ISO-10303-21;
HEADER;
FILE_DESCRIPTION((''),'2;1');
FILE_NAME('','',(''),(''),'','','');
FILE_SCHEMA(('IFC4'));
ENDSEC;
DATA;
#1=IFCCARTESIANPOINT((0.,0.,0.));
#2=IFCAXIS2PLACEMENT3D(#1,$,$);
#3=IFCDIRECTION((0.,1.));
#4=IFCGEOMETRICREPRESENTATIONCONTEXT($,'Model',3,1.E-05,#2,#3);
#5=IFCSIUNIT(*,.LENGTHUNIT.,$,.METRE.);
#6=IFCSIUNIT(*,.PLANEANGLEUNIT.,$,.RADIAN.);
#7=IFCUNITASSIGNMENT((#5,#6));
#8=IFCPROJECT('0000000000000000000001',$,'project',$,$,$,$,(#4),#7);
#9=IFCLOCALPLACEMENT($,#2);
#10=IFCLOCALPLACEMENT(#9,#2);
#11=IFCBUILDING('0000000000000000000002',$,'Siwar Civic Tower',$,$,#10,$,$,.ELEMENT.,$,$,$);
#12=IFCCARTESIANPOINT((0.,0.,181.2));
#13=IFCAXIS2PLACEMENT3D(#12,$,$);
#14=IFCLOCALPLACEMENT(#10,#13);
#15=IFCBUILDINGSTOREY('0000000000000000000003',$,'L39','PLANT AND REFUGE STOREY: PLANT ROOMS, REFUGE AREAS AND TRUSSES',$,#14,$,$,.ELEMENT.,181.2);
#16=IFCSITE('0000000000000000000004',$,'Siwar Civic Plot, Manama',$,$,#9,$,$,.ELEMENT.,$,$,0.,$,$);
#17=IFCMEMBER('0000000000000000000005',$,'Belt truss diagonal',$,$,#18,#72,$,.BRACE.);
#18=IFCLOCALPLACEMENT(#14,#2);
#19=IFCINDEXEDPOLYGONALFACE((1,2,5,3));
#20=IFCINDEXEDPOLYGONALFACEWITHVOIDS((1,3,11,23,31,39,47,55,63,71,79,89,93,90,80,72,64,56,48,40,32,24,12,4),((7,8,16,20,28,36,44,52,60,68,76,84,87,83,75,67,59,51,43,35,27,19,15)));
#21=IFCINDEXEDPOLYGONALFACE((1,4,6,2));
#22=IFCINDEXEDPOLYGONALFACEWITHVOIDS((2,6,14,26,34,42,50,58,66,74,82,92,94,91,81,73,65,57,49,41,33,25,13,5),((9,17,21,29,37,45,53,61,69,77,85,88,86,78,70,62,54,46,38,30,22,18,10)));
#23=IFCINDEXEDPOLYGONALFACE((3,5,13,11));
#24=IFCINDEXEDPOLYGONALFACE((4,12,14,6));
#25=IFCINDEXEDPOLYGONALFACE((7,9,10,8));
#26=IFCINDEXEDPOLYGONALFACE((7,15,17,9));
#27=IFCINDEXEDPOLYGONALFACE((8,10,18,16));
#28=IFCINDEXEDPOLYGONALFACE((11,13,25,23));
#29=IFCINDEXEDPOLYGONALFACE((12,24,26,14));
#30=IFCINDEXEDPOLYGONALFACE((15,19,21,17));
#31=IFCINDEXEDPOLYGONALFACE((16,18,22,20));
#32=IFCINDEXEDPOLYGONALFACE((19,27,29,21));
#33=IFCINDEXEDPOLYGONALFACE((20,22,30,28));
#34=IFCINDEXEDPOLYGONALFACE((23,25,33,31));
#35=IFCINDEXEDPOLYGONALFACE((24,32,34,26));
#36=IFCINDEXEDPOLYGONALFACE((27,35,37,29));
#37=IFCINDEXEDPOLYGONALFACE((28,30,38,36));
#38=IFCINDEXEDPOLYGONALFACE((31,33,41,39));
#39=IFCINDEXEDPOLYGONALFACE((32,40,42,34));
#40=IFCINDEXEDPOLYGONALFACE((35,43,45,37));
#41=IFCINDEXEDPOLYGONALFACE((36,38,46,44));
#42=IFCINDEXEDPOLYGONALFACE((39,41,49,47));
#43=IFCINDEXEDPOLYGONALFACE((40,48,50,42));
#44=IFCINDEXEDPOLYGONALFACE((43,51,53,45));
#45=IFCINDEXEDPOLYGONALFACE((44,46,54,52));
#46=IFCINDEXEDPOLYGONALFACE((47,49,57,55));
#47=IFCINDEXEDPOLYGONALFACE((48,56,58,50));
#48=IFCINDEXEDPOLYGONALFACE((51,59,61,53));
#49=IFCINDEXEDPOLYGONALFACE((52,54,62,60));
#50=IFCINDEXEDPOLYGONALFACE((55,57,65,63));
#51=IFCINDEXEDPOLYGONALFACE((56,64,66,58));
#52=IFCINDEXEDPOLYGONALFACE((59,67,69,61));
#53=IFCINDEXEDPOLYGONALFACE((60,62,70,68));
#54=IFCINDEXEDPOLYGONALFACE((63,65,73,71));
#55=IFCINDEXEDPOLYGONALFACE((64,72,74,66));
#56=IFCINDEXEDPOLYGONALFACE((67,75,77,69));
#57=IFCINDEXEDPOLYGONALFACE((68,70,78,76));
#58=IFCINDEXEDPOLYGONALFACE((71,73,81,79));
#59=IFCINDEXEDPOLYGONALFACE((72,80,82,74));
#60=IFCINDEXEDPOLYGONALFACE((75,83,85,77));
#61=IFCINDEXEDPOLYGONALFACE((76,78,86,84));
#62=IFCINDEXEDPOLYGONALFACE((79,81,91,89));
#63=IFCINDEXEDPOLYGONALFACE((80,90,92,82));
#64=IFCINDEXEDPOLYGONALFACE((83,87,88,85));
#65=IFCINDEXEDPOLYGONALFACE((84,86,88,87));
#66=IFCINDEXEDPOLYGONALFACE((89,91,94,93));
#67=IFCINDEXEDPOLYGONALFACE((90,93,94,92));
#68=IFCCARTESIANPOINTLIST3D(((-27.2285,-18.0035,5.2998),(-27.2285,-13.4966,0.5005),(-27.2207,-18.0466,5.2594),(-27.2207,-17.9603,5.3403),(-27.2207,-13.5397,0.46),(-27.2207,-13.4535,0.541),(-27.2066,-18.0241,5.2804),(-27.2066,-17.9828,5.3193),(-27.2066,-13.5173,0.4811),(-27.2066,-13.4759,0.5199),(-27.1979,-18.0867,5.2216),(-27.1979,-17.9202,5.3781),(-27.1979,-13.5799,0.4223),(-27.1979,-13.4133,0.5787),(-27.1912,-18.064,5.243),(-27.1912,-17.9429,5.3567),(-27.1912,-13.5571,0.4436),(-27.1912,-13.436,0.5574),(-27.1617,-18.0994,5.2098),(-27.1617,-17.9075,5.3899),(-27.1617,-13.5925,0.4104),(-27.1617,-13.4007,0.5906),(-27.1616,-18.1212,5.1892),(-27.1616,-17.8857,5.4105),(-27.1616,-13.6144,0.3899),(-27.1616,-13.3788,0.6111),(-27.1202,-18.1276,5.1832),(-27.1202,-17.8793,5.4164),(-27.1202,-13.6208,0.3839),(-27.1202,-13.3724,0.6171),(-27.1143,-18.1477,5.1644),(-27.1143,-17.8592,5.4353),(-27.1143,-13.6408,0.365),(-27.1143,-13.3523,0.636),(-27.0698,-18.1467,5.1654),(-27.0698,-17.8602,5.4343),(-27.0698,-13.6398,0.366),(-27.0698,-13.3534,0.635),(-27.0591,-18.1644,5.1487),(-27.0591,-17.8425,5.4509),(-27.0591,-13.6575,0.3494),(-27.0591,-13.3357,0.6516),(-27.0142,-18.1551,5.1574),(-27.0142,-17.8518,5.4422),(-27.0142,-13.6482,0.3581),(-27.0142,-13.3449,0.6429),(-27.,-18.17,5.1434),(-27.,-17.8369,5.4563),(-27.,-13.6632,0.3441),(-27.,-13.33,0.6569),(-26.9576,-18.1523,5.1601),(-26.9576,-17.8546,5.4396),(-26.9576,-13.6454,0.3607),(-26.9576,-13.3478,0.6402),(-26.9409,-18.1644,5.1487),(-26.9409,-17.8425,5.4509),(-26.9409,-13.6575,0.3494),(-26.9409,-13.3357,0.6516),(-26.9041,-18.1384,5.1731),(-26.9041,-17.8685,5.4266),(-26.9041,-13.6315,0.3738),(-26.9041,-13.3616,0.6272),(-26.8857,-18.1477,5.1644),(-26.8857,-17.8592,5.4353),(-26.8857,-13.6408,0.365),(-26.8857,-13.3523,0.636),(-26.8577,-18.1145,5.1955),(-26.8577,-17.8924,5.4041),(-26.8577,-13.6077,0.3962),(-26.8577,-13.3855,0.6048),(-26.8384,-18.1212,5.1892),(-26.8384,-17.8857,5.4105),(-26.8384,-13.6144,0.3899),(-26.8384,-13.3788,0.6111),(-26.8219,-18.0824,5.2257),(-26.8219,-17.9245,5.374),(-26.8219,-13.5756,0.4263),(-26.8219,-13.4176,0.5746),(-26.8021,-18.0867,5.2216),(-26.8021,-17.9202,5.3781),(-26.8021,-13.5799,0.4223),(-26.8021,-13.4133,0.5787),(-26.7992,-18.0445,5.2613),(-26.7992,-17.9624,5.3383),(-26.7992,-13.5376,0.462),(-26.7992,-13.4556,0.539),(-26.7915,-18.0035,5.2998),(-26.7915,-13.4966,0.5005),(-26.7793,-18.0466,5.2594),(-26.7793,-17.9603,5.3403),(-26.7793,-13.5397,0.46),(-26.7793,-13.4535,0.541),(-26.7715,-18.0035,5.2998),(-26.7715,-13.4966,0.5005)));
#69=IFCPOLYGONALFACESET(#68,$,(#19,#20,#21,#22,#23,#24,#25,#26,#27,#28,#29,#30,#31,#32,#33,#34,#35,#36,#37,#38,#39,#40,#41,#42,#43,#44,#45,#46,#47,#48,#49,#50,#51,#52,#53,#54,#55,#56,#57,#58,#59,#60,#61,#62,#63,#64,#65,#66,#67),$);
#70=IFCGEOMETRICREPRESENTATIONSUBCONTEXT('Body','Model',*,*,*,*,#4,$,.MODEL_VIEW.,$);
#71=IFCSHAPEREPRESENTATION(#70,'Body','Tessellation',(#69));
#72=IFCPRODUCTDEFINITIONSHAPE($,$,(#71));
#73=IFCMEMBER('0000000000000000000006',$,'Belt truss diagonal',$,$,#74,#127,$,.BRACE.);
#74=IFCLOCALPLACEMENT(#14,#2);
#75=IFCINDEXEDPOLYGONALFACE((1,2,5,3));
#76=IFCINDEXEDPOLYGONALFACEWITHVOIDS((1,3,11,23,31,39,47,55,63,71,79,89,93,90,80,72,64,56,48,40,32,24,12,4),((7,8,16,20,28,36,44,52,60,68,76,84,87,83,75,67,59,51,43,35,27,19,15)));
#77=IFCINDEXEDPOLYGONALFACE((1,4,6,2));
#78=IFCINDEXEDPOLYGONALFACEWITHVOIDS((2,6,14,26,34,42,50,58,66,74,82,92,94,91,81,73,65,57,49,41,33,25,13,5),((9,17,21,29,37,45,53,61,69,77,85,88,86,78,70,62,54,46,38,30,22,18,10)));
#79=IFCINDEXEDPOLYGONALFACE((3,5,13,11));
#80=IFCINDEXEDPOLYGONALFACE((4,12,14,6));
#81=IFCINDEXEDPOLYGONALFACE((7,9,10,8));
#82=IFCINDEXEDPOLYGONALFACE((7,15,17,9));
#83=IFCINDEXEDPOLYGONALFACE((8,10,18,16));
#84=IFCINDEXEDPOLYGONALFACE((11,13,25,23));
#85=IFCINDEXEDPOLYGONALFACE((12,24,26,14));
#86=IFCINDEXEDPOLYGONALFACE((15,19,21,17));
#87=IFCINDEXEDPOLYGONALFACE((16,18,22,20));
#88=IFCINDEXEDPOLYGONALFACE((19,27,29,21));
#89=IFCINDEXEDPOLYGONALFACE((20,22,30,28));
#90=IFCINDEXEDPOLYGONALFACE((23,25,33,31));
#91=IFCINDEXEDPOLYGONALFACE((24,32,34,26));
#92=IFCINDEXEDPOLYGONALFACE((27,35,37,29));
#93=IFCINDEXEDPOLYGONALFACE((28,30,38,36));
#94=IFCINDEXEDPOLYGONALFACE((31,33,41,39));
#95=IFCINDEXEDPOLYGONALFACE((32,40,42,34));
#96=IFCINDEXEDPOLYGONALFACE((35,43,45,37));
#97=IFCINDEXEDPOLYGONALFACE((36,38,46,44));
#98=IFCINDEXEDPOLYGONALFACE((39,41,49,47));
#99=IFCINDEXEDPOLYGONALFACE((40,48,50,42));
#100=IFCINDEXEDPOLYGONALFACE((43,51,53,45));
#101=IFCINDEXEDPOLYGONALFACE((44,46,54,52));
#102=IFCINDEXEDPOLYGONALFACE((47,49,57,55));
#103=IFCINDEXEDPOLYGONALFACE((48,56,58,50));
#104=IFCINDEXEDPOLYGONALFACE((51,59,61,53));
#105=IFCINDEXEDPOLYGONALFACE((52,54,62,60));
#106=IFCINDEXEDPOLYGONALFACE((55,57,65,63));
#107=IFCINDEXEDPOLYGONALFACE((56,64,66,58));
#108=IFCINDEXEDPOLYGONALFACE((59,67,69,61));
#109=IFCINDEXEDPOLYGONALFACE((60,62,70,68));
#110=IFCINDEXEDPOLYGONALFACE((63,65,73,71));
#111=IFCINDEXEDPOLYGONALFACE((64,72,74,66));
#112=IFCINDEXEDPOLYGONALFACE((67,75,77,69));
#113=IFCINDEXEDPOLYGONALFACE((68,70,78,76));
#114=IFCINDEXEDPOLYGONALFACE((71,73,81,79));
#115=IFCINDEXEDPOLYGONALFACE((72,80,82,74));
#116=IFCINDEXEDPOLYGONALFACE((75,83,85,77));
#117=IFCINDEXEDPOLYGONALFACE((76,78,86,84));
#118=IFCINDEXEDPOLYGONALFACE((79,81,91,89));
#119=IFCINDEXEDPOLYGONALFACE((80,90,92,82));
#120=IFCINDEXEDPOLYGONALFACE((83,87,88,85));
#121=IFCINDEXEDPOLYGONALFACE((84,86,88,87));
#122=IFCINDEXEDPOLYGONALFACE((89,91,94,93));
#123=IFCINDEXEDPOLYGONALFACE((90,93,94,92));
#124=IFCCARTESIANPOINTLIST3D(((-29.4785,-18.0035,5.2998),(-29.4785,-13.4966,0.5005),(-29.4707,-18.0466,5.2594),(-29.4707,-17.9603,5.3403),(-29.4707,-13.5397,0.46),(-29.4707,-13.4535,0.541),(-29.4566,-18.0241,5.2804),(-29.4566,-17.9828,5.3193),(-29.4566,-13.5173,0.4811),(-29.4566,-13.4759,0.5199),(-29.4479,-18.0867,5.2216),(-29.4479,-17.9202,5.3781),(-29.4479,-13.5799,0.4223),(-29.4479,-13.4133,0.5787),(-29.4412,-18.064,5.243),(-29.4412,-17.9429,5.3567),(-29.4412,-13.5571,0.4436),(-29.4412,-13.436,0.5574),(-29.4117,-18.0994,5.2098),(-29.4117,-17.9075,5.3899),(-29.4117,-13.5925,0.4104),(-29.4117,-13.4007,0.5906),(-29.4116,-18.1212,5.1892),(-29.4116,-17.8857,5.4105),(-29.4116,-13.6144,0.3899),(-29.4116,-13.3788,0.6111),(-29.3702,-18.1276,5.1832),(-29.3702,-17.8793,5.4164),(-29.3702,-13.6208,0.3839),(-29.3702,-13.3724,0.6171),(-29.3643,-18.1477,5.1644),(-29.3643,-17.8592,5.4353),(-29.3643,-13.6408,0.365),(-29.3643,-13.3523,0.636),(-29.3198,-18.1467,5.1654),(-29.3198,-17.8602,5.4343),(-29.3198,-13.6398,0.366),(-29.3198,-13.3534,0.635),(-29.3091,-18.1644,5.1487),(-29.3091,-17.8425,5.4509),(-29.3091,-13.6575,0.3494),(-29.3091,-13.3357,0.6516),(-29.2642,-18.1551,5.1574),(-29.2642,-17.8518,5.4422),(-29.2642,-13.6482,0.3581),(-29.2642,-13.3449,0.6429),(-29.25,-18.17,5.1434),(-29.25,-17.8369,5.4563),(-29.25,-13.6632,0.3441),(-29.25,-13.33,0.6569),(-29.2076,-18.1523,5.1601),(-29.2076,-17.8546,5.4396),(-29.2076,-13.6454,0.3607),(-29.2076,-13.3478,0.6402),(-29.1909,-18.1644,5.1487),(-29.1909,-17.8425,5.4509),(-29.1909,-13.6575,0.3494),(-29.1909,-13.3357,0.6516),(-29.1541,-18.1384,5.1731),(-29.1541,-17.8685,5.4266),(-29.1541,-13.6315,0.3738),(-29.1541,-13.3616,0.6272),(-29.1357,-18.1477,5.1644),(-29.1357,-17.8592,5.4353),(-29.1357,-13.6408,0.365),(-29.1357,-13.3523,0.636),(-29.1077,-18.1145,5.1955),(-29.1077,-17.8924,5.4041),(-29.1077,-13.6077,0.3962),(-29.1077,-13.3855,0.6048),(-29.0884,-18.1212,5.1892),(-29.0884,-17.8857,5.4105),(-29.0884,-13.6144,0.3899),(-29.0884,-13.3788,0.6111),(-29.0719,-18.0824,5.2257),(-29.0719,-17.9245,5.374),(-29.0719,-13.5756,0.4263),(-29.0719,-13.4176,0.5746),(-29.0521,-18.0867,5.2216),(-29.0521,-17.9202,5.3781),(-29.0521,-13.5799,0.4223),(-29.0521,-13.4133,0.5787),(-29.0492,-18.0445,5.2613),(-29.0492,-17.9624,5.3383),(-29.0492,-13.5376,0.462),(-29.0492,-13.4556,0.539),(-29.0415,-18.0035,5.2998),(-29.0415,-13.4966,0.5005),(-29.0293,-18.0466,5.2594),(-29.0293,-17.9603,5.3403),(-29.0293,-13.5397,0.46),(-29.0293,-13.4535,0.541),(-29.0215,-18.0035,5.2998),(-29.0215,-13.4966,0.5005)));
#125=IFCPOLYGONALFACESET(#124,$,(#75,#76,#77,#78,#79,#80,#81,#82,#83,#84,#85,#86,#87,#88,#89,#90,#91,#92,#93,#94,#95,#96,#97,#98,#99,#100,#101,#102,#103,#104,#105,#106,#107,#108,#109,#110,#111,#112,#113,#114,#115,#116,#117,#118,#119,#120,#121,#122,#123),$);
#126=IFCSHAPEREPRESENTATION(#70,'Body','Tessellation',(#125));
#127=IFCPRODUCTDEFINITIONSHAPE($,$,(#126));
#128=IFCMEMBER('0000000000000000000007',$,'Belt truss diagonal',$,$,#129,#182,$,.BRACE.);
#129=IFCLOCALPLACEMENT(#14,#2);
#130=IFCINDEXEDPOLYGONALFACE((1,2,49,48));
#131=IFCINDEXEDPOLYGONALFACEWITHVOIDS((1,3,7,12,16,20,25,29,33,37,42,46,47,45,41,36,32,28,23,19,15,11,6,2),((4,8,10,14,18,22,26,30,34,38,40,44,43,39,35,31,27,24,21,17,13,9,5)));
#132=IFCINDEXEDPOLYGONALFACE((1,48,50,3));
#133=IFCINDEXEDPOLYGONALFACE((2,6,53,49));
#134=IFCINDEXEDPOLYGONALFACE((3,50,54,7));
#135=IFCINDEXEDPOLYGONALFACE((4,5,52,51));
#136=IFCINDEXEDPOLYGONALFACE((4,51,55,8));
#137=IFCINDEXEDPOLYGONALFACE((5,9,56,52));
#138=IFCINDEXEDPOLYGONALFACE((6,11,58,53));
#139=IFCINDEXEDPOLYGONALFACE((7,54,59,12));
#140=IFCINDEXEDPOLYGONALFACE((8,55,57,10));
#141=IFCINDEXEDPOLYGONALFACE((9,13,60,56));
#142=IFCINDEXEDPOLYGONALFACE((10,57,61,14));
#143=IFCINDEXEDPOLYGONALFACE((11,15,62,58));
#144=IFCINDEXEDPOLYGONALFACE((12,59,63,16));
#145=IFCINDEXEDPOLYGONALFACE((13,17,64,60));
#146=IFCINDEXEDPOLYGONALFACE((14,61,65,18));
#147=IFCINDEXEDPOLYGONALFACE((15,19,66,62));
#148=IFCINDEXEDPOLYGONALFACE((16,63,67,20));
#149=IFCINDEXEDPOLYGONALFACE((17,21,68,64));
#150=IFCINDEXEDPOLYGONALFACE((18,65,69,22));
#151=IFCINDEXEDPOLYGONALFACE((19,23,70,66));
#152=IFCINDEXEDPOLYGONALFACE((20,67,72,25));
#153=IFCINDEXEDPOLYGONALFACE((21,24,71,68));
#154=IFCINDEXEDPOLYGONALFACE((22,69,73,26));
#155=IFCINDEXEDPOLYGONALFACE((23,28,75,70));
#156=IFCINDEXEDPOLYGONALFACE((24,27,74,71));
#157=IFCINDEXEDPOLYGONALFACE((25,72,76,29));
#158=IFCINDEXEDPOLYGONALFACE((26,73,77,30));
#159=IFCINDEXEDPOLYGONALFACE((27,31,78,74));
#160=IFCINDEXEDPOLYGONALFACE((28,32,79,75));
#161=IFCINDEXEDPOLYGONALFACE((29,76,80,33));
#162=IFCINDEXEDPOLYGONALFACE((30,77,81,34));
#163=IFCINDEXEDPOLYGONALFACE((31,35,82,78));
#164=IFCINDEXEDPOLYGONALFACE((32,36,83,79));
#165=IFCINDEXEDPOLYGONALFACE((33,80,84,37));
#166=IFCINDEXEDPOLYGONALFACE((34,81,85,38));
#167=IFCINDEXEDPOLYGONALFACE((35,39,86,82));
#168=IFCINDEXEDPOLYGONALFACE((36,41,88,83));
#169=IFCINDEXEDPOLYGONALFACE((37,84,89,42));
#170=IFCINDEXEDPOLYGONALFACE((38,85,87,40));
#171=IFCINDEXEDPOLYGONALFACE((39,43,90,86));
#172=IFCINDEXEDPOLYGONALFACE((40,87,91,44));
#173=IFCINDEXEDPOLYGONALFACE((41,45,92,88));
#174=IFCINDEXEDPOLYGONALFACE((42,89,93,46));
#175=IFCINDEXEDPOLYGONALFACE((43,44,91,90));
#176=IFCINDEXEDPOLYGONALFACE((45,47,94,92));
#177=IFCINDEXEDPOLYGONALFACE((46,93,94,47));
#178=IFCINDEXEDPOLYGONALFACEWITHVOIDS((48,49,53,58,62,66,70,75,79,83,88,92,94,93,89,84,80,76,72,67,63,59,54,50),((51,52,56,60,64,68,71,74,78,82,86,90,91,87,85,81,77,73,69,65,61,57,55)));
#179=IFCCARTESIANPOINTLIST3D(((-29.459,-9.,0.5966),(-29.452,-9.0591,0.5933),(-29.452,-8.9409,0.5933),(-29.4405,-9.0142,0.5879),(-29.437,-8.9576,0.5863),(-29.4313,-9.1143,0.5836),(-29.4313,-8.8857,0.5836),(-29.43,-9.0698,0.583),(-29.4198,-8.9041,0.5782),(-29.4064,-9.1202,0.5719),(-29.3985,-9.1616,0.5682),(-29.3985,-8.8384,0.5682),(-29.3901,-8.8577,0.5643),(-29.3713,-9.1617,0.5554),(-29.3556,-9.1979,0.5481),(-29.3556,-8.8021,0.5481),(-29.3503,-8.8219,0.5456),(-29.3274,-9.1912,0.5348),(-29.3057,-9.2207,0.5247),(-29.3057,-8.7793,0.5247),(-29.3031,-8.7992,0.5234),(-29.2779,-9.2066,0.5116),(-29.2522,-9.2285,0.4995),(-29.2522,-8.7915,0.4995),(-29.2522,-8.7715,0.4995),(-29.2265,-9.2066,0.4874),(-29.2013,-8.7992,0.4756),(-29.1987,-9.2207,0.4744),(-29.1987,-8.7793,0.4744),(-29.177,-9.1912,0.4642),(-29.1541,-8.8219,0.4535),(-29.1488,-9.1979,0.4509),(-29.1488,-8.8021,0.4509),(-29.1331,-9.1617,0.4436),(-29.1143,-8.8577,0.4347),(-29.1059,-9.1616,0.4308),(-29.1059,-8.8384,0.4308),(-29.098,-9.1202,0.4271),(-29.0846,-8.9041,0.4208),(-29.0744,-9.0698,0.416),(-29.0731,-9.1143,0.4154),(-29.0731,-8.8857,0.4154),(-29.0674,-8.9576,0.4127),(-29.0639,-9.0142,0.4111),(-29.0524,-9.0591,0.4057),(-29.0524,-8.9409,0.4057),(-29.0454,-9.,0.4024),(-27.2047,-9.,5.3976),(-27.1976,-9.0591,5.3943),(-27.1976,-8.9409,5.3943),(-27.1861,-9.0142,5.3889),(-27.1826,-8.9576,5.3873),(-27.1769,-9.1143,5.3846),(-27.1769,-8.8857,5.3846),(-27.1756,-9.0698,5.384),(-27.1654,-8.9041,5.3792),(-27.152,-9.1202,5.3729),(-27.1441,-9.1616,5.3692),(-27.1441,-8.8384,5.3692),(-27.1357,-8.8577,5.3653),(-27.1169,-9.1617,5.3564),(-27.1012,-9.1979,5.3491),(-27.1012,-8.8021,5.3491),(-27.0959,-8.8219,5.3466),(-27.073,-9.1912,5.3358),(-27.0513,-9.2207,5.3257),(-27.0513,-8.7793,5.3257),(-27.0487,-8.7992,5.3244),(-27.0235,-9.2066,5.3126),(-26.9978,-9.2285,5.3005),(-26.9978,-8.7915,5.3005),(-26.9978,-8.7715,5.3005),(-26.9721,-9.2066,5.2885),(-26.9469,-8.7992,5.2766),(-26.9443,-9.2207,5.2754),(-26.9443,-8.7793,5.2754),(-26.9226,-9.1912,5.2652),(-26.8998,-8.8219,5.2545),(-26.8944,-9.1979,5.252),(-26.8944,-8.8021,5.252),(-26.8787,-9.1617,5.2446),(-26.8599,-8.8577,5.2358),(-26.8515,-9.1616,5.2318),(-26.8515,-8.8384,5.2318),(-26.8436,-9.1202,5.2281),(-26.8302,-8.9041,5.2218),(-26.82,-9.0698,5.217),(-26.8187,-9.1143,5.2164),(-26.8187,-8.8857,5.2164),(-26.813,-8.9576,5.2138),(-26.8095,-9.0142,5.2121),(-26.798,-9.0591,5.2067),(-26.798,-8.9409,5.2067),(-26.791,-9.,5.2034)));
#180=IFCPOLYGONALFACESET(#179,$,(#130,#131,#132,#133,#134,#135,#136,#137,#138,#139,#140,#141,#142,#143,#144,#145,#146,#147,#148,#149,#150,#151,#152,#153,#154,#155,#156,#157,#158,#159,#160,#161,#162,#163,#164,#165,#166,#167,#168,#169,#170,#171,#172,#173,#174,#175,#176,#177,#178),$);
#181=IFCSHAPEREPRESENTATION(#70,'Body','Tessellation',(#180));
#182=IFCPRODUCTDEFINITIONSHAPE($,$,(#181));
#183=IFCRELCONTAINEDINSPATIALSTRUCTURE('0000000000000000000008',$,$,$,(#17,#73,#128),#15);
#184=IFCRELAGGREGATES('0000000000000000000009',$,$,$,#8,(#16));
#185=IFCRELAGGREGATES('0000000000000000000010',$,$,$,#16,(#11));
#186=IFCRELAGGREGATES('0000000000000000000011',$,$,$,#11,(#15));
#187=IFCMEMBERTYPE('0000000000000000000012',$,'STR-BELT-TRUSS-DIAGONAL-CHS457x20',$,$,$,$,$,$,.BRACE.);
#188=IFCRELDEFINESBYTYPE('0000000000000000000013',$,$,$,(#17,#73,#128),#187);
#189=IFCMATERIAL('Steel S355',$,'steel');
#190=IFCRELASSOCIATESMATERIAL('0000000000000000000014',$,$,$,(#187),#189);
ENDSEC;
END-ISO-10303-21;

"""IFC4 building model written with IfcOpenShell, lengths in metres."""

from ifc_helpers import new_model, si_unit, direction, frame, origin, origin_2d, place, context, subcontext, project, spatial, hollow_circle, extrude, material, material_profile, profile_set, type_object, element, save


model = new_model("IFC4")

# Units and contexts
model_context = context("Model", 3, precision=1e-05, world=origin(), true_north=direction((0.0, 1.0)))
body_context = subcontext(model_context, "Body", "Model", "MODEL_VIEW")
ifc_project = project(units=[si_unit("LENGTHUNIT", "METRE"), si_unit("PLANEANGLEUNIT", "RADIAN")], contexts=[model_context])

# Site, building, storey
site_placement = place(None, origin())
site = spatial("IfcSite", under=ifc_project, at=site_placement, Name="Siwar Civic Plot, Manama", CompositionType="ELEMENT", RefElevation=0.0)
building_placement = place(site_placement, origin())
building = spatial("IfcBuilding", under=site, at=building_placement, Name="Siwar Civic Tower", CompositionType="ELEMENT")
storey_placement = place(building_placement, frame((0.0, 0.0, 181.2)))
storey = spatial("IfcBuildingStorey", under=building, at=storey_placement, Name="L39", Description="PLANT AND REFUGE STOREY: PLANT ROOMS, REFUGE AREAS AND TRUSSES", CompositionType="ELEMENT", Elevation=181.2)

# Members
ifc_material_1 = material(Name="Steel S355", Category="steel")
ifc_material_profile_1 = material_profile(ifc_material_1, hollow_circle(Radius=0.2285, WallThickness=0.02, at=origin_2d()), Name="CHS457x20")
ifc_profile_set_1 = profile_set([ifc_material_profile_1], Name="Steel S355")
member_type_1 = type_object("IfcMemberType", Name="STR-BELT-TRUSS-DIAGONAL-CHS457x20", PredefinedType="BRACE", material=ifc_profile_set_1)
for number, where, z_axis, x_axis, name in (
    (1, (-27.0, -13.4966, 0.5005), (0.0, -0.684545, 0.72897), (1.0, 0.0, 0.0), "Belt truss diagonal"),
    (2, (-29.25, -13.4966, 0.5005), (0.0, -0.684545, 0.72897), (1.0, 0.0, 0.0), "Belt truss diagonal"),
):
    element("IfcMember", number, at=place(storey_placement, frame(where, z_axis=z_axis, x_axis=x_axis)), inside=storey, type_object=member_type_1, Name=name, PredefinedType="BRACE", context=body_context, shape_type="SweptSolid", body=[
        extrude(hollow_circle(Radius=0.2285, WallThickness=0.02, at=origin_2d()), origin(), (0.0, 0.0, 1.0), 6.5837),
    ])
member_1_placement = place(storey_placement, frame((-29.2522, -9.0, 0.4995), z_axis=(0.425039, 0.0, 0.905175), x_axis=(0.0, 1.0, 0.0)))
element("IfcMember", 3, at=member_1_placement, inside=storey, type_object=member_type_1, Name="Belt truss diagonal", PredefinedType="BRACE", context=body_context, shape_type="SweptSolid", body=[
    extrude(hollow_circle(Radius=0.2285, WallThickness=0.02, at=origin_2d()), origin(), (0.0, 0.0, 1.0), 5.304),
])

save(model, "model.ifc")
